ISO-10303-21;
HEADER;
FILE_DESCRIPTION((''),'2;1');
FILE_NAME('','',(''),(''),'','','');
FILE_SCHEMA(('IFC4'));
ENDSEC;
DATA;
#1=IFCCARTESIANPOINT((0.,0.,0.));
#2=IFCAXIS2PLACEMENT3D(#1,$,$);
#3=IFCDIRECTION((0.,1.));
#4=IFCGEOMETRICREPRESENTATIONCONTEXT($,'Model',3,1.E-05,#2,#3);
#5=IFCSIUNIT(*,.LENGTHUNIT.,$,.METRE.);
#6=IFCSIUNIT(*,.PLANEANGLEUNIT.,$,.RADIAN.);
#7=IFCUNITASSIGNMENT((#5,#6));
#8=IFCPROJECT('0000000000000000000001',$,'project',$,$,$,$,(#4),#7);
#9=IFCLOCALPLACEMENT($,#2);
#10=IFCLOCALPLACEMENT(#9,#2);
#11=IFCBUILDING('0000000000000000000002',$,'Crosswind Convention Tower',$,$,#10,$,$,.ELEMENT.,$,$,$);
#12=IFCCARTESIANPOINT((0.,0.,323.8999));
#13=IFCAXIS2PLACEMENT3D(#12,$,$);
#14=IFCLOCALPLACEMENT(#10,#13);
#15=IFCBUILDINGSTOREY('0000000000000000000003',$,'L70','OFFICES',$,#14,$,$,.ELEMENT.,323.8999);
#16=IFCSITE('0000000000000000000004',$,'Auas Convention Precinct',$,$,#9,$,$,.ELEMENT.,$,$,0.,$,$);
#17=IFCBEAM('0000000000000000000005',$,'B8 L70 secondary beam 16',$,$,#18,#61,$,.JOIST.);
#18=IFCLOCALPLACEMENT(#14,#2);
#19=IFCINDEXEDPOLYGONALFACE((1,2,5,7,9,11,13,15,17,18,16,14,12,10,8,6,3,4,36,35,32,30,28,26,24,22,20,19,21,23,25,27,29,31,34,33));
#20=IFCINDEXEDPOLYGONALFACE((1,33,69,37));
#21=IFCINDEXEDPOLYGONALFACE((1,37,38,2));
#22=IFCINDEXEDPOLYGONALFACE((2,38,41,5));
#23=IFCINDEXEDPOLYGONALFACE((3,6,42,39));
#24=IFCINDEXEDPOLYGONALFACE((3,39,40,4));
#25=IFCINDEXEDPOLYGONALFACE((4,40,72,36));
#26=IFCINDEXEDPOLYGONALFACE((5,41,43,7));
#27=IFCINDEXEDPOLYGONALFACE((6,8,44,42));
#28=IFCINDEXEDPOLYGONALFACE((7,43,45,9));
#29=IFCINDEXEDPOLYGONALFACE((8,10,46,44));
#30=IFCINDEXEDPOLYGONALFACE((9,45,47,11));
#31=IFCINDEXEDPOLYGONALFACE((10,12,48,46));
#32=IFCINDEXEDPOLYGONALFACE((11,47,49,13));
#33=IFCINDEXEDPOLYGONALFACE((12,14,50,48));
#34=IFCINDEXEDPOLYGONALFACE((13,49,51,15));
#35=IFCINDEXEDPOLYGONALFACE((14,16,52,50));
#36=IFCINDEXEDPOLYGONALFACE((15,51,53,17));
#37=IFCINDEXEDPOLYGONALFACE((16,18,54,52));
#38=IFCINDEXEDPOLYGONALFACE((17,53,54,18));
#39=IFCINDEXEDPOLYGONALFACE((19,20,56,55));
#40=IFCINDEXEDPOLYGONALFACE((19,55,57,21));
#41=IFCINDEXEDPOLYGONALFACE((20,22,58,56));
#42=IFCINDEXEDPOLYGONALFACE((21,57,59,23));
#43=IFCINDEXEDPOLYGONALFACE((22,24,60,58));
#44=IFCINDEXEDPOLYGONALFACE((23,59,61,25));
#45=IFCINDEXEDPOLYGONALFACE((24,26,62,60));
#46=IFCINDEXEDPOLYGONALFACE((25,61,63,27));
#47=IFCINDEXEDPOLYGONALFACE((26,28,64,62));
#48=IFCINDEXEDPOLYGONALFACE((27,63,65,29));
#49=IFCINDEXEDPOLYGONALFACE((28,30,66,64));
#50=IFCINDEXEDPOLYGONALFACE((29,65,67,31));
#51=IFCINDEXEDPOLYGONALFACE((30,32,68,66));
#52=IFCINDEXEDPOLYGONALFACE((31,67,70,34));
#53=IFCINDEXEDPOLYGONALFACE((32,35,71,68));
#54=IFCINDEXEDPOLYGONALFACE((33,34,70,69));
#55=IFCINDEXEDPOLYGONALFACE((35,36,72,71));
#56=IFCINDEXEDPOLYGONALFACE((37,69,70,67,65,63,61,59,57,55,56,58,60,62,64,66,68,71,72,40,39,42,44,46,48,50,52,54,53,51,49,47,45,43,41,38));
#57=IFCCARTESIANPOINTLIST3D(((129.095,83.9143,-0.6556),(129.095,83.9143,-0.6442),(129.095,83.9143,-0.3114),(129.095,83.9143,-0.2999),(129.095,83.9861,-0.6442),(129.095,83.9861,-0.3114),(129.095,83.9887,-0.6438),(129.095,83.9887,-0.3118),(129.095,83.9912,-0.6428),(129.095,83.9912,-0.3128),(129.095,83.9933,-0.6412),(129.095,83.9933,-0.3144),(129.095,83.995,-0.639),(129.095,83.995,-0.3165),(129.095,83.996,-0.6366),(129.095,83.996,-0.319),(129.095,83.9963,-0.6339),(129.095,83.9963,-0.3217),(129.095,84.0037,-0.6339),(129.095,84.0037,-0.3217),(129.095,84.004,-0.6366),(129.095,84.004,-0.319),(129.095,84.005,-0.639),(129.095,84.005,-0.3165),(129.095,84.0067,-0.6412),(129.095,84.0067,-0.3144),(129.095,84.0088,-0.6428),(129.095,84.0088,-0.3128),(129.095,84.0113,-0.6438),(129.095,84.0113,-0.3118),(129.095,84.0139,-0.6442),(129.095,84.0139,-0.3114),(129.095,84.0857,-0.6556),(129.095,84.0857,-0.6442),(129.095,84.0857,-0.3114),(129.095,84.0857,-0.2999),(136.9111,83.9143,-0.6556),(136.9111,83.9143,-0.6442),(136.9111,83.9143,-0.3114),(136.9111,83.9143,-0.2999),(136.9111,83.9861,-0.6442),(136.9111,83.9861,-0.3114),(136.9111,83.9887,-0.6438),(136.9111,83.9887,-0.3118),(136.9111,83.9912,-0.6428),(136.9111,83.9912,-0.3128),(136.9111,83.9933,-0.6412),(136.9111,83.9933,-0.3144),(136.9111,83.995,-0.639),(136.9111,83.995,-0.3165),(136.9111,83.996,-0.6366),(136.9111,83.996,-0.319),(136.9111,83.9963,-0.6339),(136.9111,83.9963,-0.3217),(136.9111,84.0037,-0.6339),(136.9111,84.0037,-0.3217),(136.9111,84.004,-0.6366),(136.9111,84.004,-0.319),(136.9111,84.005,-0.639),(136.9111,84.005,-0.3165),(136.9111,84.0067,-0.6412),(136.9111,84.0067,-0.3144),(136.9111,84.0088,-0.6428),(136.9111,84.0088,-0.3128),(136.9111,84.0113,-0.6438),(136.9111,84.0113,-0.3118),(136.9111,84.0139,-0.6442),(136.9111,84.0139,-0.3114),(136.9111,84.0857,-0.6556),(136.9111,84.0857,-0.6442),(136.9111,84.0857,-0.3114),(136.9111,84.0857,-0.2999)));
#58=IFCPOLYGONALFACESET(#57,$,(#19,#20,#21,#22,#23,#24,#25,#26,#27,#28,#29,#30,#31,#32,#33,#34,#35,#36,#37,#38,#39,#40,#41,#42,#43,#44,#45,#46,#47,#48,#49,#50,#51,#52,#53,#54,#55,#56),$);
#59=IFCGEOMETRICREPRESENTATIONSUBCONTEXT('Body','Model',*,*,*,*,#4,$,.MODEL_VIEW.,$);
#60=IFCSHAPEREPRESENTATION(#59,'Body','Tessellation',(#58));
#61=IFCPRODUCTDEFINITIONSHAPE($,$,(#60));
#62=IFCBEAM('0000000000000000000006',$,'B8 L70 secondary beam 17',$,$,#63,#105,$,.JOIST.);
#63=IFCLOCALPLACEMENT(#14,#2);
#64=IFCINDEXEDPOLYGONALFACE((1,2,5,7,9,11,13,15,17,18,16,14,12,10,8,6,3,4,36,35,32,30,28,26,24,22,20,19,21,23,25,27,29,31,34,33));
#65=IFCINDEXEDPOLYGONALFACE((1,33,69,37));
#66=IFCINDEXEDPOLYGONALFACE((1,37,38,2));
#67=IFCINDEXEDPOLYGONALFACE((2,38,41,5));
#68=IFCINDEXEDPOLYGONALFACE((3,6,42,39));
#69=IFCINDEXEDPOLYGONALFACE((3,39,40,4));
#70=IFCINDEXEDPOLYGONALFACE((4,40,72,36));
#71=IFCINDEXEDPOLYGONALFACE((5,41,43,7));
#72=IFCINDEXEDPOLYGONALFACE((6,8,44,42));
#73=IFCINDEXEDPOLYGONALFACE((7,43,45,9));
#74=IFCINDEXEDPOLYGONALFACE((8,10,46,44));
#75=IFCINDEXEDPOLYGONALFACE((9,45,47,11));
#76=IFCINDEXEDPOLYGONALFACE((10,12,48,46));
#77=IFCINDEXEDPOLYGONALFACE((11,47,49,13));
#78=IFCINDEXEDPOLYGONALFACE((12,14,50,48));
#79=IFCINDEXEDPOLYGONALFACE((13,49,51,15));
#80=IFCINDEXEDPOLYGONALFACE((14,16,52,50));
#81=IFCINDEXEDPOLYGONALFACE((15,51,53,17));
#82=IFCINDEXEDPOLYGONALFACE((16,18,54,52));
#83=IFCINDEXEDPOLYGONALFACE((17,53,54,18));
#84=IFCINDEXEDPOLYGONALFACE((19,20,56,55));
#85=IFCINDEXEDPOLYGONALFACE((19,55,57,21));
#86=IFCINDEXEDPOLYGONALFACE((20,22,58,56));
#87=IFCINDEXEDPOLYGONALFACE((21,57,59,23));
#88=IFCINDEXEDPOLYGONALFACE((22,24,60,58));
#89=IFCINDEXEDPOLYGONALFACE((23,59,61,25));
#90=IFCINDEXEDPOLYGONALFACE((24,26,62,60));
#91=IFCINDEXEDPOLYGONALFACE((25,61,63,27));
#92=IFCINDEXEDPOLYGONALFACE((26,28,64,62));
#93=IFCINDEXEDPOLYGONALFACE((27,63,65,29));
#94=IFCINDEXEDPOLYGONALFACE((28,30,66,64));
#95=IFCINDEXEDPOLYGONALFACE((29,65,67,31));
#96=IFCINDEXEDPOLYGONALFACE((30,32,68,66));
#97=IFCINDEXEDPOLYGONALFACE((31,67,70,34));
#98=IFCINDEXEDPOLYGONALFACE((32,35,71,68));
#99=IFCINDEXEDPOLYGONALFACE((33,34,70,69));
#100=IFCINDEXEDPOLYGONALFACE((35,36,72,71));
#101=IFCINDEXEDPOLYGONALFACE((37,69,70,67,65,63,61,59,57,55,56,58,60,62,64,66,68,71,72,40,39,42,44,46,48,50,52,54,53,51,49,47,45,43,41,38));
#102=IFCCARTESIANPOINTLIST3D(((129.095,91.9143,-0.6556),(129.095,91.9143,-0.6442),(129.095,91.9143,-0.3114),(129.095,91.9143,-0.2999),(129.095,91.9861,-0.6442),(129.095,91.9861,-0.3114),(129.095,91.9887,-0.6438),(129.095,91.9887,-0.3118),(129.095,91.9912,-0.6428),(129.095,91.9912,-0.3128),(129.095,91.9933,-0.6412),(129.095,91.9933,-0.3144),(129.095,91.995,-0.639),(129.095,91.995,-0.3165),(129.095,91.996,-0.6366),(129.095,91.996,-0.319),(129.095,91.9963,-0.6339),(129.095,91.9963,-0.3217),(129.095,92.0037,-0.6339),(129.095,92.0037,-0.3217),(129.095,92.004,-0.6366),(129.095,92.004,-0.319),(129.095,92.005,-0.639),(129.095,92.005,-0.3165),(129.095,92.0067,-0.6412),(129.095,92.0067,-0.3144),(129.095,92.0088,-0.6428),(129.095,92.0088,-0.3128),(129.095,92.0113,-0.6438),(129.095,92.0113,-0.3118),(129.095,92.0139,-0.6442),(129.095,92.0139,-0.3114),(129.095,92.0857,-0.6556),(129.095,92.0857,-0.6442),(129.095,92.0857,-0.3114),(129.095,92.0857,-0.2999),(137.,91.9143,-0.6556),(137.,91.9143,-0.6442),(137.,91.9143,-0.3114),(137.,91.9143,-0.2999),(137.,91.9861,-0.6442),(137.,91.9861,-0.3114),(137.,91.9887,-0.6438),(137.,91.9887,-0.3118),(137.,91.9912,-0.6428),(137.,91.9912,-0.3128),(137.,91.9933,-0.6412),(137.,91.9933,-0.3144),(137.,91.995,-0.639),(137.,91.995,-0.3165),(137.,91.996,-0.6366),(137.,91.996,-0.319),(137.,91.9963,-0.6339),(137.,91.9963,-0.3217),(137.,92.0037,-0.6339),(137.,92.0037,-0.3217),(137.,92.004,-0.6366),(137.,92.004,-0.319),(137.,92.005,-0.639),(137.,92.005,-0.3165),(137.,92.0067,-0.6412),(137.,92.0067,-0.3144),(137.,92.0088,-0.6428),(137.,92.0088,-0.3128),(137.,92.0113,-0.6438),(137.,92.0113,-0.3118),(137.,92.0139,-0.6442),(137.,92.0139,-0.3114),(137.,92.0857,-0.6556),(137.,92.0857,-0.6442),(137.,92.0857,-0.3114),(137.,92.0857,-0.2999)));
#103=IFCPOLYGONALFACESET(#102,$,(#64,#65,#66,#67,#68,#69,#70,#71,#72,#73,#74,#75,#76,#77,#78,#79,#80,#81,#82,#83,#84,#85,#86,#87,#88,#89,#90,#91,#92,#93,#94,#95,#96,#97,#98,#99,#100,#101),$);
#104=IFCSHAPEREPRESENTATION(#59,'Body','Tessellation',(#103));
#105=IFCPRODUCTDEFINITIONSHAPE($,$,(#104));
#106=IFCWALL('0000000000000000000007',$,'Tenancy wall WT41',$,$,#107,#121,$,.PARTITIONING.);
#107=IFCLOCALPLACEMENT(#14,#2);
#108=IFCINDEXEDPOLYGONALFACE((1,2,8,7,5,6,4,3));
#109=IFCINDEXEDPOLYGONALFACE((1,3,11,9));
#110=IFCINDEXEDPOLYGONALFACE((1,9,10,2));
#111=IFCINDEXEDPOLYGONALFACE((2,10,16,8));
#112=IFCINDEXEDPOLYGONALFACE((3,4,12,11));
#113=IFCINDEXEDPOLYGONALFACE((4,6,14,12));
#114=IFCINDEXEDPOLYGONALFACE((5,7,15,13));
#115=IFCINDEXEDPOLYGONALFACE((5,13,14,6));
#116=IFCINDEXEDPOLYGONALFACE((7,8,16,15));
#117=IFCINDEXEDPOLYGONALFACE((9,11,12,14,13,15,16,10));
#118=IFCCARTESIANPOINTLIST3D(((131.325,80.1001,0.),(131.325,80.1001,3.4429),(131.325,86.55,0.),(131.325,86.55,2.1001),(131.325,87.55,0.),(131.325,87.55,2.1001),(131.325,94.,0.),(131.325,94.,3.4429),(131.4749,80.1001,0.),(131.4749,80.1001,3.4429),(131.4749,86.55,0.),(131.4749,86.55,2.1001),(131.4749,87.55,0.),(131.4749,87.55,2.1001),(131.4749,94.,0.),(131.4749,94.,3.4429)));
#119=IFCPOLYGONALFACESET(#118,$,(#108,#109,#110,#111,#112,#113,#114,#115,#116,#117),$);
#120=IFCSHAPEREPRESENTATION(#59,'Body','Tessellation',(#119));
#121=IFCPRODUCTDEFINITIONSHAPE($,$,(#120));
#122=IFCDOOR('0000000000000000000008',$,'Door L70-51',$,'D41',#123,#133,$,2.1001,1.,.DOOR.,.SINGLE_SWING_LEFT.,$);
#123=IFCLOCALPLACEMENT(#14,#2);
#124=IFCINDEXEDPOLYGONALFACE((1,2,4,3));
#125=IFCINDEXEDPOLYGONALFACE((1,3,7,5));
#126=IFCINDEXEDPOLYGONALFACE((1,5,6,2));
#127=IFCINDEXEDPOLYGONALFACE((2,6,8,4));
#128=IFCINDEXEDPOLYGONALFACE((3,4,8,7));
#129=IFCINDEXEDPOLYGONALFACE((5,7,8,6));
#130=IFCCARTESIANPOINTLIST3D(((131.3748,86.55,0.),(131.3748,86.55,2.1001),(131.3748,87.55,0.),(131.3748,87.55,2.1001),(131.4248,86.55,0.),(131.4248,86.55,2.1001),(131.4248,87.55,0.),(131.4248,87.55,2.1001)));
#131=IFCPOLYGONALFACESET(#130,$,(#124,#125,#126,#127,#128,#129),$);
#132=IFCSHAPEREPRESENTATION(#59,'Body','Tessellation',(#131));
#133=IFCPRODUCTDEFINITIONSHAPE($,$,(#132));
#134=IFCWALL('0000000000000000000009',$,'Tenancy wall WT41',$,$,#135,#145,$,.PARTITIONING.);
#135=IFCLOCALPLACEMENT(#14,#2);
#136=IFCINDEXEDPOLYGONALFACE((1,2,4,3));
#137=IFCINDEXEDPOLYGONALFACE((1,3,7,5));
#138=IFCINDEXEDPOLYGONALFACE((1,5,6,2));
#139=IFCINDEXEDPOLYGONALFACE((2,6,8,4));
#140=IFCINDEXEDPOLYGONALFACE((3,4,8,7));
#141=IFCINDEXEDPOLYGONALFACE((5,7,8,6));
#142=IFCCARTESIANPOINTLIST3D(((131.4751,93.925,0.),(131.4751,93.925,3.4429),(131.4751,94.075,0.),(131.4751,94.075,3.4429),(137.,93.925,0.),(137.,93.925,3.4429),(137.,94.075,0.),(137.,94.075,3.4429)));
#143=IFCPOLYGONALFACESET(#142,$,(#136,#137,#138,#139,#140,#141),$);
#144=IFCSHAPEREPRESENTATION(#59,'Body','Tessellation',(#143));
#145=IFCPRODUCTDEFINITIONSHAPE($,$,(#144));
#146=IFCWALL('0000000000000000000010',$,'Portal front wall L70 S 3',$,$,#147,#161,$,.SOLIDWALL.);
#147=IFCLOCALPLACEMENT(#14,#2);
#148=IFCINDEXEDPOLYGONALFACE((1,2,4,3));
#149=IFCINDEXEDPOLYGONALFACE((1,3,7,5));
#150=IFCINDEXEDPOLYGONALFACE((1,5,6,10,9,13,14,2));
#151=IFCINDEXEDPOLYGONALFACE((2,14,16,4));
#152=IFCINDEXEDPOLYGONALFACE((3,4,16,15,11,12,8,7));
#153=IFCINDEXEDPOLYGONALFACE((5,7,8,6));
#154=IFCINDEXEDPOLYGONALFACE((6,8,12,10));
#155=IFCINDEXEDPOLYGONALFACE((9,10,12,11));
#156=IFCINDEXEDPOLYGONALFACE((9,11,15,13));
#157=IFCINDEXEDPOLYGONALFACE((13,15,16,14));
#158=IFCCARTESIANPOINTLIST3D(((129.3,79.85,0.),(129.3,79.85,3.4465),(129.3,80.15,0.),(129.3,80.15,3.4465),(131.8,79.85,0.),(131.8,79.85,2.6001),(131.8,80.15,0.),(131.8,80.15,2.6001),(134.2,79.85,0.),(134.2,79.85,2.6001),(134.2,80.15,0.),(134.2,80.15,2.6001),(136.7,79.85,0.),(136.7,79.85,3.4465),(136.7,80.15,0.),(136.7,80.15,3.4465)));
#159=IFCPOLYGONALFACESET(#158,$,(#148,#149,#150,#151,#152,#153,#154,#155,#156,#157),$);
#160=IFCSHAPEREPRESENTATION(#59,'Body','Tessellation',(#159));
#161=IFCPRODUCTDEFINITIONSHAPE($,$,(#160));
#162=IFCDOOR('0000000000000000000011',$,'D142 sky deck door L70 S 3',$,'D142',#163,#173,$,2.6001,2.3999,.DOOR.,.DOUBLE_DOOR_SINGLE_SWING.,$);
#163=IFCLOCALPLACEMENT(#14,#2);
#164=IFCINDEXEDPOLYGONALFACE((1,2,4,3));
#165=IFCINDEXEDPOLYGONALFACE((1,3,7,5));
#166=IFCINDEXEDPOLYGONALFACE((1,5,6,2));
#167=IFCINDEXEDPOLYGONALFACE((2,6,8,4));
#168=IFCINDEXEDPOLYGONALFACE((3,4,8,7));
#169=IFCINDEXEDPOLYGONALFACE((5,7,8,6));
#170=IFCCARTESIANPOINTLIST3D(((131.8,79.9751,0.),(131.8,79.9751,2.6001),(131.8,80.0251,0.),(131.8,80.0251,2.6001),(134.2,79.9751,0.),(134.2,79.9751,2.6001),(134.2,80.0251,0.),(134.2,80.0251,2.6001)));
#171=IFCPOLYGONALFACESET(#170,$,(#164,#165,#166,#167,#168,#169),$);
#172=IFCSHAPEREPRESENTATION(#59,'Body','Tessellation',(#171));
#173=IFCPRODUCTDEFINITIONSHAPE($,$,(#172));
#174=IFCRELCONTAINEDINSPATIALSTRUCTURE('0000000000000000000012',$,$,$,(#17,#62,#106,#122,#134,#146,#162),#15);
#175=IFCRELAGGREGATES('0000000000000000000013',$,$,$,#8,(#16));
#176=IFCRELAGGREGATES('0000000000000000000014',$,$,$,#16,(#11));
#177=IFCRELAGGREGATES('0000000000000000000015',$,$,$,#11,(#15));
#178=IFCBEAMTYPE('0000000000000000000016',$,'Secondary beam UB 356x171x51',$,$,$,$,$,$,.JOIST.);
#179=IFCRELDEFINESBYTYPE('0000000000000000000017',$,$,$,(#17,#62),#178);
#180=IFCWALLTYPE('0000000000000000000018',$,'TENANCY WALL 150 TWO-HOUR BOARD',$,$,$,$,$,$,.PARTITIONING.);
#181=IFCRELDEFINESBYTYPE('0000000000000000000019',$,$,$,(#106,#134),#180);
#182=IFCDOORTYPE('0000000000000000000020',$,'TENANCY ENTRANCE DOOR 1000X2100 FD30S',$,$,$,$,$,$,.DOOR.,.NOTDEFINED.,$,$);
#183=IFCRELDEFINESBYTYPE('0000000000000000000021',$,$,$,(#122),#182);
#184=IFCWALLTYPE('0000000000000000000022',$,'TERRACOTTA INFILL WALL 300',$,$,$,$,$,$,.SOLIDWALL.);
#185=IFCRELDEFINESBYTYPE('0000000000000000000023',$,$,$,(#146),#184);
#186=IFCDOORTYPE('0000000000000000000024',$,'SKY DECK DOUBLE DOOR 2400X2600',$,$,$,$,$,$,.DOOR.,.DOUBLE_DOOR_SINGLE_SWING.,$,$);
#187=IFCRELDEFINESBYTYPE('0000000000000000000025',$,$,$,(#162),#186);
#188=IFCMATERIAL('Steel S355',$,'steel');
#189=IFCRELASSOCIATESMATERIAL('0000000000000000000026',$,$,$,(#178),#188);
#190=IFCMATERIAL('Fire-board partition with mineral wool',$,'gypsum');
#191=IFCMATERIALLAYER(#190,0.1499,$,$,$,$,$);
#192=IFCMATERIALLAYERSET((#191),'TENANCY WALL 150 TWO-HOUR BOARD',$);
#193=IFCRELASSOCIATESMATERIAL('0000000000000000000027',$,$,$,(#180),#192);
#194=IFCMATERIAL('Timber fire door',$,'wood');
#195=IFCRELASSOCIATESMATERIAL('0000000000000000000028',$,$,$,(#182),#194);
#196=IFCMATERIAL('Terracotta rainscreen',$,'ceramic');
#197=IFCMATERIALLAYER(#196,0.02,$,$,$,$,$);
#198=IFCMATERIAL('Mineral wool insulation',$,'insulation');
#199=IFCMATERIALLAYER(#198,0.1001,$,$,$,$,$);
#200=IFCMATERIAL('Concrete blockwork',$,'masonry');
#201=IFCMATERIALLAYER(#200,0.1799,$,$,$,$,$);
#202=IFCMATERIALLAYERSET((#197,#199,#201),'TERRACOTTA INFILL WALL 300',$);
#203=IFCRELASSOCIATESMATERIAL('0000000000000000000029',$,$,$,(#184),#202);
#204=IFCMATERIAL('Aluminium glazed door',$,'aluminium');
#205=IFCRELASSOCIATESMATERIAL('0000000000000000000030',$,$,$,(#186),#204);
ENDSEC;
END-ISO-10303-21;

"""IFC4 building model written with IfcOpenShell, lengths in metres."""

from ifc_helpers import new_model, si_unit, direction, frame, frame_2d, origin, origin_2d, place, context, subcontext, project, spatial, rectangle, i_section, extrude, material, layer, layer_set, material_profile, profile_set, type_object, element, fill, save


model = new_model("IFC4")

# Units and contexts
model_context = context("Model", 3, precision=1e-05, world=origin(), true_north=direction((0.0, 1.0)))
body_context = subcontext(model_context, "Body", "Model", "MODEL_VIEW")
ifc_project = project(units=[si_unit("LENGTHUNIT", "METRE"), si_unit("PLANEANGLEUNIT", "RADIAN")], contexts=[model_context])

# Site, building, storey
site_placement = place(None, origin())
site = spatial("IfcSite", under=ifc_project, at=site_placement, Name="Auas Convention Precinct", CompositionType="ELEMENT", RefElevation=0.0)
building_placement = place(site_placement, origin())
building = spatial("IfcBuilding", under=site, at=building_placement, Name="Crosswind Convention Tower", CompositionType="ELEMENT")
storey_placement = place(building_placement, frame((0.0, 0.0, 323.8999)))
storey = spatial("IfcBuildingStorey", under=building, at=storey_placement, Name="L70", Description="OFFICES", CompositionType="ELEMENT", Elevation=323.8999)

# Beams
ifc_material_1 = material(Name="Steel S355", Category="steel")
ifc_material_profile_1 = material_profile(ifc_material_1, i_section(OverallWidth=0.1714, OverallDepth=0.3557, WebThickness=0.0073, FlangeThickness=0.0115, FilletRadius=0.0103, at=origin_2d()), Name="UB 356x171x51")
ifc_profile_set_1 = profile_set([ifc_material_profile_1], Name="Steel S355")
beam_type_1 = type_object("IfcBeamType", Name="Secondary beam UB 356x171x51", PredefinedType="JOIST", material=ifc_profile_set_1)
for number, where, z_axis, x_axis, name in (
    (1, (129.095, 84.0, -0.4778), (1.0, 0.0, 0.0), (0.0, 1.0, 0.0), "B8 L70 secondary beam 16"),
):
    element("IfcBeam", number, at=place(storey_placement, frame(where, z_axis=z_axis, x_axis=x_axis)), inside=storey, type_object=beam_type_1, Name=name, PredefinedType="JOIST", context=body_context, shape_type="SweptSolid", body=[
        extrude(i_section(OverallWidth=0.1714, OverallDepth=0.3557, WebThickness=0.0073, FlangeThickness=0.0115, FilletRadius=0.0103, at=origin_2d()), origin(), (0.0, 0.0, 1.0), 7.8162),
    ])
beam_1_placement = place(storey_placement, frame((129.095, 92.0, -0.4778), z_axis=(1.0, 0.0, 0.0), x_axis=(0.0, 1.0, 0.0)))
element("IfcBeam", 2, at=beam_1_placement, inside=storey, type_object=beam_type_1, Name="B8 L70 secondary beam 17", PredefinedType="JOIST", context=body_context, shape_type="SweptSolid", body=[
    extrude(i_section(OverallWidth=0.1714, OverallDepth=0.3557, WebThickness=0.0073, FlangeThickness=0.0115, FilletRadius=0.0103, at=origin_2d()), origin(), (0.0, 0.0, 1.0), 7.905),
])

# Wall, opening, door
ifc_material_2 = material(Name="Fire-board partition with mineral wool", Category="gypsum")
ifc_layer_1 = layer(ifc_material_2, 0.1499)
ifc_layer_set_1 = layer_set([ifc_layer_1], Name="TENANCY WALL 150 TWO-HOUR BOARD")
wall_type_1 = type_object("IfcWallType", Name="TENANCY WALL 150 TWO-HOUR BOARD", PredefinedType="PARTITIONING", material=ifc_layer_set_1)
wall_1_placement = place(storey_placement, frame((131.3999, 80.1001, 0.0), z_axis=(0.0, 0.0, 1.0), x_axis=(0.0, 1.0, 0.0)))
wall_1 = element("IfcWall", 3, at=wall_1_placement, inside=storey, type_object=wall_type_1, Name="Tenancy wall WT41", PredefinedType="PARTITIONING", context=body_context, shape_type="SweptSolid", body=[
    extrude(rectangle(XDim=13.8999, YDim=0.1499, at=frame_2d((6.95, 0.0))), origin(), (0.0, 0.0, 1.0), 3.4429),
])
opening_1_placement = place(wall_1_placement, frame((6.45, 0.0, 0.0)))
opening_1 = element("IfcOpeningElement", 4, at=opening_1_placement, cuts=wall_1, PredefinedType="OPENING", context=body_context, shape_type="SweptSolid", body=[
    extrude(rectangle(XDim=1.0, YDim=2.1001, at=frame_2d((0.5, 1.05))), frame((0.0, 0.085, 0.0), z_axis=(0.0, -1.0, 0.0), x_axis=(1.0, 0.0, 0.0)), (0.0, 0.0, 1.0), 0.1699),
])
ifc_material_3 = material(Name="Timber fire door", Category="wood")
door_type_1 = type_object("IfcDoorType", Name="TENANCY ENTRANCE DOOR 1000X2100 FD30S", OperationType="NOTDEFINED", PredefinedType="DOOR", material=ifc_material_3)
door_1_placement = place(opening_1_placement, frame((1.0, 0.0, 0.0), z_axis=(0.0, 0.0, 1.0), x_axis=(-1.0, 0.0, 0.0)))
door_1 = element("IfcDoor", 5, at=door_1_placement, inside=storey, type_object=door_type_1, Name="Door L70-51", ObjectType="D41", OperationType="SINGLE_SWING_LEFT", OverallHeight=2.1001, OverallWidth=1.0, PredefinedType="DOOR", context=body_context, shape_type="SweptSolid", body=[
    extrude(rectangle(XDim=1.0, YDim=2.1001, at=frame_2d((0.5, 1.05))), frame((0.0, 0.0249, 0.0), z_axis=(0.0, -1.0, 0.0), x_axis=(1.0, 0.0, 0.0)), (0.0, 0.0, 1.0), 0.05),
])
fill(opening_1, door_1)

# Wall
wall_2_placement = place(storey_placement, frame((131.4751, 94.0, 0.0), z_axis=(0.0, 0.0, 1.0), x_axis=(1.0, 0.0, 0.0)))
element("IfcWall", 6, at=wall_2_placement, inside=storey, type_object=wall_type_1, Name="Tenancy wall WT41", PredefinedType="PARTITIONING", context=body_context, shape_type="SweptSolid", body=[
    extrude(rectangle(XDim=5.5249, YDim=0.1499, at=frame_2d((2.7625, 0.0))), origin(), (0.0, 0.0, 1.0), 3.4429),
])

# Wall, opening, door
ifc_material_4 = material(Name="Terracotta rainscreen", Category="ceramic")
ifc_layer_2 = layer(ifc_material_4, 0.02)
ifc_material_5 = material(Name="Mineral wool insulation", Category="insulation")
ifc_layer_3 = layer(ifc_material_5, 0.1001)
ifc_material_6 = material(Name="Concrete blockwork", Category="masonry")
ifc_layer_4 = layer(ifc_material_6, 0.1799)
ifc_layer_set_2 = layer_set([ifc_layer_2, ifc_layer_3, ifc_layer_4], Name="TERRACOTTA INFILL WALL 300")
wall_type_2 = type_object("IfcWallType", Name="TERRACOTTA INFILL WALL 300", PredefinedType="SOLIDWALL", material=ifc_layer_set_2)
wall_3_placement = place(storey_placement, frame((129.3, 80.0, 0.0), z_axis=(0.0, 0.0, 1.0), x_axis=(1.0, 0.0, 0.0)))
wall_3 = element("IfcWall", 7, at=wall_3_placement, inside=storey, type_object=wall_type_2, Name="Portal front wall L70 S 3", PredefinedType="SOLIDWALL", context=body_context, shape_type="SweptSolid", body=[
    extrude(rectangle(XDim=7.3999, YDim=0.3, at=frame_2d((3.7, 0.0))), origin(), (0.0, 0.0, 1.0), 3.4465),
])
opening_2_placement = place(wall_3_placement, frame((2.5, 0.0, 0.0)))
opening_2 = element("IfcOpeningElement", 8, at=opening_2_placement, cuts=wall_3, PredefinedType="OPENING", context=body_context, shape_type="SweptSolid", body=[
    extrude(rectangle(XDim=2.3999, YDim=2.6001, at=frame_2d((1.2, 1.3))), frame((0.0, 0.1599, 0.0), z_axis=(0.0, -1.0, 0.0), x_axis=(1.0, 0.0, 0.0)), (0.0, 0.0, 1.0), 0.3201),
])
ifc_material_7 = material(Name="Aluminium glazed door", Category="aluminium")
door_type_2 = type_object("IfcDoorType", Name="SKY DECK DOUBLE DOOR 2400X2600", OperationType="DOUBLE_DOOR_SINGLE_SWING", PredefinedType="DOOR", material=ifc_material_7)
door_2_placement = place(opening_2_placement, frame((2.3999, 0.0, 0.0), z_axis=(0.0, 0.0, 1.0), x_axis=(-1.0, 0.0, 0.0)))
door_2 = element("IfcDoor", 9, at=door_2_placement, inside=storey, type_object=door_type_2, Name="D142 sky deck door L70 S 3", ObjectType="D142", OperationType="DOUBLE_DOOR_SINGLE_SWING", OverallHeight=2.6001, OverallWidth=2.3999, PredefinedType="DOOR", context=body_context, shape_type="SweptSolid", body=[
    extrude(rectangle(XDim=2.3999, YDim=2.6001, at=frame_2d((1.2, 1.3))), frame((0.0, 0.0249, 0.0), z_axis=(0.0, -1.0, 0.0), x_axis=(1.0, 0.0, 0.0)), (0.0, 0.0, 1.0), 0.05),
])
fill(opening_2, door_2)

save(model, "model.ifc")
